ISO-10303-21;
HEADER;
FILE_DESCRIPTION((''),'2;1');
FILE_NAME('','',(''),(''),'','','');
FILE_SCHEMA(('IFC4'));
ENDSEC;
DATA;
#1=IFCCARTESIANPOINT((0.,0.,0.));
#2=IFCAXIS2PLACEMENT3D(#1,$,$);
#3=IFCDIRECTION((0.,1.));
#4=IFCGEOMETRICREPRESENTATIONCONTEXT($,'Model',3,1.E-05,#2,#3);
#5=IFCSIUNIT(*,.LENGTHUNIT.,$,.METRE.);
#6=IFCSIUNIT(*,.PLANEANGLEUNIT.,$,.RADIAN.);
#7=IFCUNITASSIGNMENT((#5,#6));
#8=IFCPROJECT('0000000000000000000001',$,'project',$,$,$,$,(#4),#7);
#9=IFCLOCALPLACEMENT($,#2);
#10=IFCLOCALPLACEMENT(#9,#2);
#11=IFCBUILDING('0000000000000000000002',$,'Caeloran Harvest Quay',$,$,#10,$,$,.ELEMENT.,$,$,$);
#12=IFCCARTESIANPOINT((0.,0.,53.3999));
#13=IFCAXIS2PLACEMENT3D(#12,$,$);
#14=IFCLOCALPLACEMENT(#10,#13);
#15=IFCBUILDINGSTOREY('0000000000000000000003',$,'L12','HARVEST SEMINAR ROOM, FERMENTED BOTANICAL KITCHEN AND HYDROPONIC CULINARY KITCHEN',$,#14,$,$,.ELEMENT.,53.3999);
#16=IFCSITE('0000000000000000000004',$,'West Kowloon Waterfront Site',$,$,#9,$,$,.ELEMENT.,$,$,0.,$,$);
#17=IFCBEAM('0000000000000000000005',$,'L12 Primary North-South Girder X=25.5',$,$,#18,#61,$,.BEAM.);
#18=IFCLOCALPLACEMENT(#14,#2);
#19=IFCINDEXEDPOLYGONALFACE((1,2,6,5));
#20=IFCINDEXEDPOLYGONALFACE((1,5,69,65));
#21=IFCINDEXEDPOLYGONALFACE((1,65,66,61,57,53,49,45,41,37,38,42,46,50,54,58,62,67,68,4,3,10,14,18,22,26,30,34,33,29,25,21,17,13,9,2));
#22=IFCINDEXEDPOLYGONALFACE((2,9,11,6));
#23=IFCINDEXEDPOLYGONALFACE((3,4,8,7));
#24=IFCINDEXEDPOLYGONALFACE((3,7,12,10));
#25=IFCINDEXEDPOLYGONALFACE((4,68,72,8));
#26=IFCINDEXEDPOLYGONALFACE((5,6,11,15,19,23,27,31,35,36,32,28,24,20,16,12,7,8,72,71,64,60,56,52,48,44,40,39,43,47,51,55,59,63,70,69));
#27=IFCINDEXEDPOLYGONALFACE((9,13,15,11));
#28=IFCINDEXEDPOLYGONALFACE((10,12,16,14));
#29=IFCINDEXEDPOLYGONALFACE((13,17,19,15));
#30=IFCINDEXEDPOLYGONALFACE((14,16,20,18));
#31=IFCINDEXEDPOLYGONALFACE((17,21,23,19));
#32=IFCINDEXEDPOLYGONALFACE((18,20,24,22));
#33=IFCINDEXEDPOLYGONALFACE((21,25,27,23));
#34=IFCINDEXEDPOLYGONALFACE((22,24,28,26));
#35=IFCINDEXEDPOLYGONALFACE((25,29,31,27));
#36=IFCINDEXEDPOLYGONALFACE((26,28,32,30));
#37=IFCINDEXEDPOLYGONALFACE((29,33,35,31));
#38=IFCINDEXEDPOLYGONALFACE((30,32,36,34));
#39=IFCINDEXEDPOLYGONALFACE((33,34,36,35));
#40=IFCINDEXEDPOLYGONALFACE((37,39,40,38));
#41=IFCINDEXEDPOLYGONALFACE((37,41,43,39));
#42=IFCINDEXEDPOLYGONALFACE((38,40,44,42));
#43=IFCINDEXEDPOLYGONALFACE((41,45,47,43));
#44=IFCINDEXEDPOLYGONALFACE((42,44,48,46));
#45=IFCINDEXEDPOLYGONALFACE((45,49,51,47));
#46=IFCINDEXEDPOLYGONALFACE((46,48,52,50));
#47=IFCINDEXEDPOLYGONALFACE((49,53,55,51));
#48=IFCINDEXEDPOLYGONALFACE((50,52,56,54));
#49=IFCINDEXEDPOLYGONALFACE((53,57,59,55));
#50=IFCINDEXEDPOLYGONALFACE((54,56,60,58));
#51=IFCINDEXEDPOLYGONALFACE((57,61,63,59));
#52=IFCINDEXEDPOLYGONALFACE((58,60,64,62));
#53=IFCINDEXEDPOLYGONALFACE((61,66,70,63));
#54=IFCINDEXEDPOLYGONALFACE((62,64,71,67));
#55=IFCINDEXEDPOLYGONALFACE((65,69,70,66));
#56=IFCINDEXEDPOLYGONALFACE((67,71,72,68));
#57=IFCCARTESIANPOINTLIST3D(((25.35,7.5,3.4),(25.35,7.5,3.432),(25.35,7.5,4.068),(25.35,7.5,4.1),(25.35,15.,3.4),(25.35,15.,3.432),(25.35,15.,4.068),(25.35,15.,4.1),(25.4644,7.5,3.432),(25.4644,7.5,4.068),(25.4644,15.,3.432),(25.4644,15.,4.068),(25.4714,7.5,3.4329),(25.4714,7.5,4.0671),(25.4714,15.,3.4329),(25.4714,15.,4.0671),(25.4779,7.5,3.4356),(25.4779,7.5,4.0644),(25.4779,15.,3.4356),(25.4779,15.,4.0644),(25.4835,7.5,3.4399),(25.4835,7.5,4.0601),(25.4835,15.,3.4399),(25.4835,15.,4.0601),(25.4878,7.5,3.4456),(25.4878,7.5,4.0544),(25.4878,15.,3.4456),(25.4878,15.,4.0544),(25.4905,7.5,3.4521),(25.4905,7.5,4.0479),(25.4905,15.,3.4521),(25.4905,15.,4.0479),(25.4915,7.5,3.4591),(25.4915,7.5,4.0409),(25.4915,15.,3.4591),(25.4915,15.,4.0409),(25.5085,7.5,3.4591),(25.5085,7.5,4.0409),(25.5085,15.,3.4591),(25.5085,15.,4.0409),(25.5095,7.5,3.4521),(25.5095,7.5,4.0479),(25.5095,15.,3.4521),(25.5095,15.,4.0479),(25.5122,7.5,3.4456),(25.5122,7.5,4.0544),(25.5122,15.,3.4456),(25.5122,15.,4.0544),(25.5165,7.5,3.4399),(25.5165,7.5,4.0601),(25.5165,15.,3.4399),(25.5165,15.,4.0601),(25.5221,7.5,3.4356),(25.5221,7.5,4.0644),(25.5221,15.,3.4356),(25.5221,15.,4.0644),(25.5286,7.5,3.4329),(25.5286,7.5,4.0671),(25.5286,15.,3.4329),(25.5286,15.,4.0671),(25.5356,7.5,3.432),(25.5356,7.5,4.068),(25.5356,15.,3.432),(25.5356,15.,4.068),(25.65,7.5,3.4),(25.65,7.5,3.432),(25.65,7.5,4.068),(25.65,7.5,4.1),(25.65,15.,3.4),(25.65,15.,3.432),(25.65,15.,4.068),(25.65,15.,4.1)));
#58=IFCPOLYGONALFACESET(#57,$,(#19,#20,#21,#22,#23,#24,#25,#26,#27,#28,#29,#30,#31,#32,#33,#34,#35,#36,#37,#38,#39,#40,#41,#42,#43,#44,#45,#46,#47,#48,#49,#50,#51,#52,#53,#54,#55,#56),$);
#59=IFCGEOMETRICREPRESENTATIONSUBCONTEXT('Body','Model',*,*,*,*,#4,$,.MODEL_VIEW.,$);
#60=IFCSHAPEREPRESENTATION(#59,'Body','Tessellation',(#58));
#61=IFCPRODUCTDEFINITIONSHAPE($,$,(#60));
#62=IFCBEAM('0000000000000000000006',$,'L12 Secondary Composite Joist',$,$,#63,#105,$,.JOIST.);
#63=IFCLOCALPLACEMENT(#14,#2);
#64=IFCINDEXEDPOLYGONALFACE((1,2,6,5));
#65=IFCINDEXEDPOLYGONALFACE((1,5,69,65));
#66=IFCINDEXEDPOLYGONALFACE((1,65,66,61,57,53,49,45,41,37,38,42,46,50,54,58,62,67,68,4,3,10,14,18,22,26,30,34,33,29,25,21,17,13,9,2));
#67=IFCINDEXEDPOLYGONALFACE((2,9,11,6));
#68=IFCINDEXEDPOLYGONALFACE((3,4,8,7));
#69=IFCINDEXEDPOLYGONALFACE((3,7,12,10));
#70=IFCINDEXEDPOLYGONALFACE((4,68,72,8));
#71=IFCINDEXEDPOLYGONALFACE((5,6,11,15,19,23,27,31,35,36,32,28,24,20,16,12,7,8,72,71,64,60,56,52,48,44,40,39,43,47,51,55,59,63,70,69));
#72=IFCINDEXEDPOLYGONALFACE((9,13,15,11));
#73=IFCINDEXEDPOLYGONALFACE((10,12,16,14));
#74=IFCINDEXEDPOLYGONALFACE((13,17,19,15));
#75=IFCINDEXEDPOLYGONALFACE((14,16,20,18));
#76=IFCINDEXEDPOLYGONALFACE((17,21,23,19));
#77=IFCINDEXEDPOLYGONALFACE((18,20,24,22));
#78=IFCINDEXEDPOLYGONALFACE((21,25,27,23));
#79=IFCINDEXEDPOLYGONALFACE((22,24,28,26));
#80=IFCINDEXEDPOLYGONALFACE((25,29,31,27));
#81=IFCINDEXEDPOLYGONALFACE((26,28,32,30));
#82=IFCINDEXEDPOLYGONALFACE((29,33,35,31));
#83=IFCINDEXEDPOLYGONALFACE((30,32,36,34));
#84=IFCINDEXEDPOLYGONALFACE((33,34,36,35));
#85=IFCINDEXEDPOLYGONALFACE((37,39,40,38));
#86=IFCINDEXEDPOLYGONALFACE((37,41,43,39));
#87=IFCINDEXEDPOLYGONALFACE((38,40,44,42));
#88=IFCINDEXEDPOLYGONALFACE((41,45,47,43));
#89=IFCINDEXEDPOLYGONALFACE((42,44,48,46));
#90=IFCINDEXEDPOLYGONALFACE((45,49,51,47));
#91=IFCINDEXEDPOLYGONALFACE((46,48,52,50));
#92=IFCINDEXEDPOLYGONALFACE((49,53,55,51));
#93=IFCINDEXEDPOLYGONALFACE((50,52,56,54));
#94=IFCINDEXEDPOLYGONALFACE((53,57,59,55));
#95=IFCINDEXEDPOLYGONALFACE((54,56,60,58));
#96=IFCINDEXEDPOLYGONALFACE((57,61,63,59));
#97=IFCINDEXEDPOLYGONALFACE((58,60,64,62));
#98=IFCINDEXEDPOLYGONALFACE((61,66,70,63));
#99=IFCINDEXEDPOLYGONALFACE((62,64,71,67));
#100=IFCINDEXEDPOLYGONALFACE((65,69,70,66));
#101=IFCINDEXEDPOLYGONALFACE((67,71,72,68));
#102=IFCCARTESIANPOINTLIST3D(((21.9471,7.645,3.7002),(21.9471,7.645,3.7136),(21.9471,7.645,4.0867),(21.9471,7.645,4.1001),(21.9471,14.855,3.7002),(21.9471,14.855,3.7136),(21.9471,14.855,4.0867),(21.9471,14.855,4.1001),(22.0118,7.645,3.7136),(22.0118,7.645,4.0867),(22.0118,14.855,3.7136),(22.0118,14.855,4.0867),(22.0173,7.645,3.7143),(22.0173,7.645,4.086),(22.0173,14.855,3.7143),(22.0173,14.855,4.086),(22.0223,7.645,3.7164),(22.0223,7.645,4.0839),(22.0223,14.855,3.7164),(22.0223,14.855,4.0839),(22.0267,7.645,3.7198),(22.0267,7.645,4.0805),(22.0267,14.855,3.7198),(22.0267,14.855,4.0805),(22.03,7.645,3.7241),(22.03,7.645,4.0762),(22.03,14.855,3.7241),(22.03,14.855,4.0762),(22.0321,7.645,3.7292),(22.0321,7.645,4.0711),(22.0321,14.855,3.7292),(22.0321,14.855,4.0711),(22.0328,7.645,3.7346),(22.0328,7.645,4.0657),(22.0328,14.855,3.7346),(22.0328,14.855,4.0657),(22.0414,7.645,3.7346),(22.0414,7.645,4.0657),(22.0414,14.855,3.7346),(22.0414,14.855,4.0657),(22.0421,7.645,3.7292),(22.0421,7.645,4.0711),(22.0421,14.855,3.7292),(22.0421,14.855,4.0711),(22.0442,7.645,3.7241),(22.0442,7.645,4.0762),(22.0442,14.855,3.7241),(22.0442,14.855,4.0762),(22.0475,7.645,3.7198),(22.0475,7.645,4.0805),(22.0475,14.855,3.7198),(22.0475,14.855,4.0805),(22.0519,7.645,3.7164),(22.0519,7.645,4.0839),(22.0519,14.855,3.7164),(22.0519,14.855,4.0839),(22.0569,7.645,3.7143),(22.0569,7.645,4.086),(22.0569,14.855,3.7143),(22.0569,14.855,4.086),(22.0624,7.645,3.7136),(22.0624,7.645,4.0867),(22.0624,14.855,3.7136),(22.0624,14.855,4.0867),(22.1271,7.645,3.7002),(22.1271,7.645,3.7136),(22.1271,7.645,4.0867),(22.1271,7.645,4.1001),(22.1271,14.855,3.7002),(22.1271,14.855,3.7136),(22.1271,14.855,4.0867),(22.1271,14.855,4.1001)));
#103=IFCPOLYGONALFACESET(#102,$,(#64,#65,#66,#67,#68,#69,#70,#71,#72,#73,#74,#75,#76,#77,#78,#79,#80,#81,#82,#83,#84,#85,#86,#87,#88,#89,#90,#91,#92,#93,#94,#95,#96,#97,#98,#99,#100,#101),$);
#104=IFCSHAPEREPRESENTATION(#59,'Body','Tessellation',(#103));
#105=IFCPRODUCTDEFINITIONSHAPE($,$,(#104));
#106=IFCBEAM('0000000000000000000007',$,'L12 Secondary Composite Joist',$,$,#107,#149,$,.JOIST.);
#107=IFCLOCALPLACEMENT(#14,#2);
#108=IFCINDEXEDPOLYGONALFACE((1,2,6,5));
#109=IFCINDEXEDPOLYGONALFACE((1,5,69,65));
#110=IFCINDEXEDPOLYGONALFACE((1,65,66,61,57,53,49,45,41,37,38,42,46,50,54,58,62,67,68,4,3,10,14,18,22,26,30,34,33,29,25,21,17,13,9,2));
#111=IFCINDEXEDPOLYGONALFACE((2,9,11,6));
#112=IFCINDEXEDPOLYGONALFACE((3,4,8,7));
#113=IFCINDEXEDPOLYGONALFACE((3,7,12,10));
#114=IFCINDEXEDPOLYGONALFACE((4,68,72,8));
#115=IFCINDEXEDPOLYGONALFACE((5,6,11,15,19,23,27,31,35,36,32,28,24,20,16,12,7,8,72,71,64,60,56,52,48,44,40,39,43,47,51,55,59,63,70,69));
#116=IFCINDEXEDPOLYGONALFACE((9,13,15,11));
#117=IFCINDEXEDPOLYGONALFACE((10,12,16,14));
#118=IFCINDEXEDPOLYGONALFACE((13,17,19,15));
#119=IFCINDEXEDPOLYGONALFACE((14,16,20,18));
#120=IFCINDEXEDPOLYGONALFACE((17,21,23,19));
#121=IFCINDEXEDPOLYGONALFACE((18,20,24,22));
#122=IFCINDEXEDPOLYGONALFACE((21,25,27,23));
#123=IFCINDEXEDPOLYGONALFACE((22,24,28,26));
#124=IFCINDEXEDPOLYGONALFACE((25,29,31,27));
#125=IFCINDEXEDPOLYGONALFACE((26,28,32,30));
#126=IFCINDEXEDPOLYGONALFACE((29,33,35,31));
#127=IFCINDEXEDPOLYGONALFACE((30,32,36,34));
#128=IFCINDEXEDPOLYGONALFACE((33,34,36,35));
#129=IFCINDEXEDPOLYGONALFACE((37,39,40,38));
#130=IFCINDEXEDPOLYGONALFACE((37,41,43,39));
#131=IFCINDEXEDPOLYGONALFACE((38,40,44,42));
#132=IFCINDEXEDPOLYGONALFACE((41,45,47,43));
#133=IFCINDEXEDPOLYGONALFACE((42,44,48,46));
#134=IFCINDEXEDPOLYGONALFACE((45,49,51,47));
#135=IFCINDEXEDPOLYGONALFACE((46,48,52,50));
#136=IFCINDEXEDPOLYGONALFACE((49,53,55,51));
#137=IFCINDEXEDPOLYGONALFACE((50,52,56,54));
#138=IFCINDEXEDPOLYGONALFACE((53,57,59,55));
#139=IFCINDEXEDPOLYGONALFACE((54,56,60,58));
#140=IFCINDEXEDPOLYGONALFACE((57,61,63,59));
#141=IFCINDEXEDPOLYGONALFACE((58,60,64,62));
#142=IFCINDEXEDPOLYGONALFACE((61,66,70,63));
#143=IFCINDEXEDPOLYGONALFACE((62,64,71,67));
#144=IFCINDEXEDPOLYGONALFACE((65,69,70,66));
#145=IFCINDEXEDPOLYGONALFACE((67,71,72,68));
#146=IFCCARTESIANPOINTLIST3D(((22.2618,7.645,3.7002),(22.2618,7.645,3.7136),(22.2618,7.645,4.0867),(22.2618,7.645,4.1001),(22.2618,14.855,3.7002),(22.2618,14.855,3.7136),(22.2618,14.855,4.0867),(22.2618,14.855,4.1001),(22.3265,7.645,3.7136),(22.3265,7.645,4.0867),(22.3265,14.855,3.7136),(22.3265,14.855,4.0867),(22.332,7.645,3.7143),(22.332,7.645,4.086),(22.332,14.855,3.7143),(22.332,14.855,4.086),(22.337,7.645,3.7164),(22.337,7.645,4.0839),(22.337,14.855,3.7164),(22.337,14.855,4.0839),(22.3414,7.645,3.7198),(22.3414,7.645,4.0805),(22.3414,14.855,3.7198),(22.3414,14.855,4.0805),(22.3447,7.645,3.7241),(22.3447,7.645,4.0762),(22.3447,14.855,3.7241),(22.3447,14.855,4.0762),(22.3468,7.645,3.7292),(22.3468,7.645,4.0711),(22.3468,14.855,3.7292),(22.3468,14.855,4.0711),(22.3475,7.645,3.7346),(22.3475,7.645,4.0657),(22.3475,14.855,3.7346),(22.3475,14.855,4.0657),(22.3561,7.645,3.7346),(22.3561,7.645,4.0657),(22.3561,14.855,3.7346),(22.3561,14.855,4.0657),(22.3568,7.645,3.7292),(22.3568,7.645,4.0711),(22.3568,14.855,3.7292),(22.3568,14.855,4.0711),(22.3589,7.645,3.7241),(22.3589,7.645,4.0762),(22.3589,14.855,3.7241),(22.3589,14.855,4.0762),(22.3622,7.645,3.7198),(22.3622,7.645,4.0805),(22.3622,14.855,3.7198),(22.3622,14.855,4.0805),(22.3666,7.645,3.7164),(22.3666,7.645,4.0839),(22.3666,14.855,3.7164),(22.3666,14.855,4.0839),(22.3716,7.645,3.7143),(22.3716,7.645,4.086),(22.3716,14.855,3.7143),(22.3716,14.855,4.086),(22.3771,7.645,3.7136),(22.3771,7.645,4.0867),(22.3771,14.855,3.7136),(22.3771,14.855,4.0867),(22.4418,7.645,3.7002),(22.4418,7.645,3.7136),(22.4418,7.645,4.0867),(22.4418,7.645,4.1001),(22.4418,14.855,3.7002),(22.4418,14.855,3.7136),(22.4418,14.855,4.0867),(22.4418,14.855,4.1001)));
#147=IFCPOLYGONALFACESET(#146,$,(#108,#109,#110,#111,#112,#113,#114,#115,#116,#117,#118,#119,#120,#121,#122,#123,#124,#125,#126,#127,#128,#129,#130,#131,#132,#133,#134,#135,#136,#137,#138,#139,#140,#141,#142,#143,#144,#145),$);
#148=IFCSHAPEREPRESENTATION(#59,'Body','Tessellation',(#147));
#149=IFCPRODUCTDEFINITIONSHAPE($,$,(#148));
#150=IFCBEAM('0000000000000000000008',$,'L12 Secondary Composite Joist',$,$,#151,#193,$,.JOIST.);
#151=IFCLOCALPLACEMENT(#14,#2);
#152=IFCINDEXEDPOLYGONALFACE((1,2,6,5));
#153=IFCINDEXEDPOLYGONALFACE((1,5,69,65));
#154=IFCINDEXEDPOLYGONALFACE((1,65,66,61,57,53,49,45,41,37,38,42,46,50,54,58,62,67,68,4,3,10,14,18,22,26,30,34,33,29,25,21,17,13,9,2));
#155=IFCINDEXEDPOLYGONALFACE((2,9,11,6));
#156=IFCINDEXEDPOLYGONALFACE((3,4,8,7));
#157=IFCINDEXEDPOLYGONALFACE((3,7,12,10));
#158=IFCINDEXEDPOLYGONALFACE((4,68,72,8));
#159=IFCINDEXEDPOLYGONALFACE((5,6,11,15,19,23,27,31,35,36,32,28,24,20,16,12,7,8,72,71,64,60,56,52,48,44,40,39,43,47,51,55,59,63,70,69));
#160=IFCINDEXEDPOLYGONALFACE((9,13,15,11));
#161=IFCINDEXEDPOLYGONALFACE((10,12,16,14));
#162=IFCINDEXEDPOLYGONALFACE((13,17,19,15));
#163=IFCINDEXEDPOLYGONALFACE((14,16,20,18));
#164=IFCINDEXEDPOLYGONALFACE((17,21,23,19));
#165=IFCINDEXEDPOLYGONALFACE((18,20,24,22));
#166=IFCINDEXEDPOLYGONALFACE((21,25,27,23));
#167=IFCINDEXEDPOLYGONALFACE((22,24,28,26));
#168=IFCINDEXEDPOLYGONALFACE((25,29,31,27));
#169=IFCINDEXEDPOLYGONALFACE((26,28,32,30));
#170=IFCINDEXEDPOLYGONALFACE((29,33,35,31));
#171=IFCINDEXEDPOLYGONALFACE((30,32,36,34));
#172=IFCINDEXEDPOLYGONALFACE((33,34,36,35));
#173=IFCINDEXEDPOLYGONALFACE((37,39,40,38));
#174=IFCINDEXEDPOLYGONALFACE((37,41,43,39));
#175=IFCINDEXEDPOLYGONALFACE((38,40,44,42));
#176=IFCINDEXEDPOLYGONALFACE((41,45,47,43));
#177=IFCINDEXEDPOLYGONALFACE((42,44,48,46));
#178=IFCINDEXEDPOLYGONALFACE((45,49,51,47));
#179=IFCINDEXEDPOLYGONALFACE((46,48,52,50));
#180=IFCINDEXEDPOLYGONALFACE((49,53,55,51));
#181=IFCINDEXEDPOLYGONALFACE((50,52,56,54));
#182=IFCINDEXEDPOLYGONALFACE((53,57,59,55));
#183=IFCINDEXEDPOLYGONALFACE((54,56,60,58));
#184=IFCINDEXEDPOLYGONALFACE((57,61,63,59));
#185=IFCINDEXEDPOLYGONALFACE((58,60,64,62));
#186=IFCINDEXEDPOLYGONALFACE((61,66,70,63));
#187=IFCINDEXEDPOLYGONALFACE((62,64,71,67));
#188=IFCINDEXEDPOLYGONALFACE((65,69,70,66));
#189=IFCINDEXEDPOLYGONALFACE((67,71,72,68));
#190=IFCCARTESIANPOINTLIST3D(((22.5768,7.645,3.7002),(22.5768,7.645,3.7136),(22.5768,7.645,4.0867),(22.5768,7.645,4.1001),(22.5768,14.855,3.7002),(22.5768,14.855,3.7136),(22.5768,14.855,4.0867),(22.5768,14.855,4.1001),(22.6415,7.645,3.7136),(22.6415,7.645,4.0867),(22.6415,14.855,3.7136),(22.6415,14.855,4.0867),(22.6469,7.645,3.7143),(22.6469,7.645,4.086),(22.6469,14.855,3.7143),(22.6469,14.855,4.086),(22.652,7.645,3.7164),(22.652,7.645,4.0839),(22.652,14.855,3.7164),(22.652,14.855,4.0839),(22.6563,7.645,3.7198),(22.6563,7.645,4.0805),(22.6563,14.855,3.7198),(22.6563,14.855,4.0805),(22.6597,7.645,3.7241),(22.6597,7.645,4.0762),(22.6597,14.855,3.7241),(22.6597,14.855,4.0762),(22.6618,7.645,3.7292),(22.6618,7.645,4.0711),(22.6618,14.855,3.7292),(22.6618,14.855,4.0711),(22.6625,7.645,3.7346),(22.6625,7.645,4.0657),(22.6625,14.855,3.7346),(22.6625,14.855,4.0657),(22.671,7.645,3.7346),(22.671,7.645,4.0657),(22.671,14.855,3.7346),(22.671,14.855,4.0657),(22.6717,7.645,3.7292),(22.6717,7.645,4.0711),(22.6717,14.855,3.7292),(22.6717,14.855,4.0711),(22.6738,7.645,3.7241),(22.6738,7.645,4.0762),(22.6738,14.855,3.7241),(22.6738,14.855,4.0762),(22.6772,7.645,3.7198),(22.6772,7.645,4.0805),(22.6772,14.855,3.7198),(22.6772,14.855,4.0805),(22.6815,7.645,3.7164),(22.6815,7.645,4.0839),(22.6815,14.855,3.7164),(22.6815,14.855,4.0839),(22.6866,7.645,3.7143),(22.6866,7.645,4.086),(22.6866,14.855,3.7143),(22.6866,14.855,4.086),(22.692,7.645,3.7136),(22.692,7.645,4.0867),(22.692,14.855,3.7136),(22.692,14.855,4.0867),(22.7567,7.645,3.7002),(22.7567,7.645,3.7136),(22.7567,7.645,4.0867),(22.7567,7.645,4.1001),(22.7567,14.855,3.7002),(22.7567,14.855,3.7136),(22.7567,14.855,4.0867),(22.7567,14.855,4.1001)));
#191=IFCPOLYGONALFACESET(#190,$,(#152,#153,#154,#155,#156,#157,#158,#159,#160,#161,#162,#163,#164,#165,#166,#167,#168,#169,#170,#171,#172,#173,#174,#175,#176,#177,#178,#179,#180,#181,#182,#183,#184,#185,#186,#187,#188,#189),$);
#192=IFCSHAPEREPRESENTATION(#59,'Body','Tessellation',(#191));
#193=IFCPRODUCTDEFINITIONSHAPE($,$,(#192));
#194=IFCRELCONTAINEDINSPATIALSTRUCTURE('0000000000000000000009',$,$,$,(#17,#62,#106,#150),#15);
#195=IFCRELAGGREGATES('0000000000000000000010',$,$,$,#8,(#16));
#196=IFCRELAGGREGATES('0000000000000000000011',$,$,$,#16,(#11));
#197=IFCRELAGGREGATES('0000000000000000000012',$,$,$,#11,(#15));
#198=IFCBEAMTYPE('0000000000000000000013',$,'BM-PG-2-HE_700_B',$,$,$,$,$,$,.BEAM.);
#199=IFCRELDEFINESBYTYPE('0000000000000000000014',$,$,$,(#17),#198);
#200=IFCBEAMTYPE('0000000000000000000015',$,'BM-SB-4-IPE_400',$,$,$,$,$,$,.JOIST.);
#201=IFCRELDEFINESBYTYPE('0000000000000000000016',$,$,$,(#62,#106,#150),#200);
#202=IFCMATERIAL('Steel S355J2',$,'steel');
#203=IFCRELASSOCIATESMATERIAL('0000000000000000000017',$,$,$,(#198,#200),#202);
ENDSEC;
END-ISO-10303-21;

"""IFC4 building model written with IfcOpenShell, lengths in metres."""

from ifc_helpers import new_model, si_unit, direction, frame, origin, origin_2d, place, context, subcontext, project, spatial, i_section, extrude, material, material_profile, profile_set, type_object, element, save


model = new_model("IFC4")

# Units and contexts
model_context = context("Model", 3, precision=1e-05, world=origin(), true_north=direction((0.0, 1.0)))
body_context = subcontext(model_context, "Body", "Model", "MODEL_VIEW")
ifc_project = project(units=[si_unit("LENGTHUNIT", "METRE"), si_unit("PLANEANGLEUNIT", "RADIAN")], contexts=[model_context])

# Site, building, storey
site_placement = place(None, origin())
site = spatial("IfcSite", under=ifc_project, at=site_placement, Name="West Kowloon Waterfront Site", CompositionType="ELEMENT", RefElevation=0.0)
building_placement = place(site_placement, origin())
building = spatial("IfcBuilding", under=site, at=building_placement, Name="Caeloran Harvest Quay", CompositionType="ELEMENT")
storey_placement = place(building_placement, frame((0.0, 0.0, 53.3999)))
storey = spatial("IfcBuildingStorey", under=building, at=storey_placement, Name="L12", Description="HARVEST SEMINAR ROOM, FERMENTED BOTANICAL KITCHEN AND HYDROPONIC CULINARY KITCHEN", CompositionType="ELEMENT", Elevation=53.3999)

# Beams
ifc_material_1 = material(Name="Steel S355J2", Category="steel")
ifc_material_profile_1 = material_profile(ifc_material_1, i_section(OverallWidth=0.3, OverallDepth=0.7, WebThickness=0.0171, FlangeThickness=0.032, FilletRadius=0.0271, at=origin_2d()), Name="HE 700 B")
ifc_profile_set_1 = profile_set([ifc_material_profile_1], Name="Steel S355J2")
beam_type_1 = type_object("IfcBeamType", Name="BM-PG-2-HE_700_B", PredefinedType="BEAM", material=ifc_profile_set_1)
beam_1_placement = place(storey_placement, frame((25.5, 7.5, 3.75), z_axis=(0.0, 1.0, 0.0), x_axis=(-1.0, 0.0, 0.0)))
element("IfcBeam", 1, at=beam_1_placement, inside=storey, type_object=beam_type_1, Name="L12 Primary North-South Girder X=25.5", PredefinedType="BEAM", context=body_context, shape_type="SweptSolid", body=[
    extrude(i_section(OverallWidth=0.3, OverallDepth=0.7, WebThickness=0.0171, FlangeThickness=0.032, FilletRadius=0.0271, at=origin_2d()), origin(), (0.0, 0.0, 1.0), 7.5),
])
ifc_material_profile_2 = material_profile(ifc_material_1, i_section(OverallWidth=0.1799, OverallDepth=0.3999, WebThickness=0.0085, FlangeThickness=0.0134, FilletRadius=0.021, at=origin_2d()), Name="IPE 400")
ifc_profile_set_2 = profile_set([ifc_material_profile_2], Name="Steel S355J2")
beam_type_2 = type_object("IfcBeamType", Name="BM-SB-4-IPE_400", PredefinedType="JOIST", material=ifc_profile_set_2)
for number, where, z_axis, x_axis, name in (
    (2, (22.0371, 7.645, 3.9001), (0.0, 1.0, 0.0), (-1.0, 0.0, 0.0), "L12 Secondary Composite Joist"),
    (3, (22.3518, 7.645, 3.9001), (0.0, 1.0, 0.0), (-1.0, 0.0, 0.0), "L12 Secondary Composite Joist"),
    (4, (22.6667, 7.645, 3.9001), (0.0, 1.0, 0.0), (-1.0, 0.0, 0.0), "L12 Secondary Composite Joist"),
):
    element("IfcBeam", number, at=place(storey_placement, frame(where, z_axis=z_axis, x_axis=x_axis)), inside=storey, type_object=beam_type_2, Name=name, PredefinedType="JOIST", context=body_context, shape_type="SweptSolid", body=[
        extrude(i_section(OverallWidth=0.1799, OverallDepth=0.3999, WebThickness=0.0085, FlangeThickness=0.0134, FilletRadius=0.021, at=origin_2d()), origin(), (0.0, 0.0, 1.0), 7.21),
    ])

save(model, "model.ifc")
